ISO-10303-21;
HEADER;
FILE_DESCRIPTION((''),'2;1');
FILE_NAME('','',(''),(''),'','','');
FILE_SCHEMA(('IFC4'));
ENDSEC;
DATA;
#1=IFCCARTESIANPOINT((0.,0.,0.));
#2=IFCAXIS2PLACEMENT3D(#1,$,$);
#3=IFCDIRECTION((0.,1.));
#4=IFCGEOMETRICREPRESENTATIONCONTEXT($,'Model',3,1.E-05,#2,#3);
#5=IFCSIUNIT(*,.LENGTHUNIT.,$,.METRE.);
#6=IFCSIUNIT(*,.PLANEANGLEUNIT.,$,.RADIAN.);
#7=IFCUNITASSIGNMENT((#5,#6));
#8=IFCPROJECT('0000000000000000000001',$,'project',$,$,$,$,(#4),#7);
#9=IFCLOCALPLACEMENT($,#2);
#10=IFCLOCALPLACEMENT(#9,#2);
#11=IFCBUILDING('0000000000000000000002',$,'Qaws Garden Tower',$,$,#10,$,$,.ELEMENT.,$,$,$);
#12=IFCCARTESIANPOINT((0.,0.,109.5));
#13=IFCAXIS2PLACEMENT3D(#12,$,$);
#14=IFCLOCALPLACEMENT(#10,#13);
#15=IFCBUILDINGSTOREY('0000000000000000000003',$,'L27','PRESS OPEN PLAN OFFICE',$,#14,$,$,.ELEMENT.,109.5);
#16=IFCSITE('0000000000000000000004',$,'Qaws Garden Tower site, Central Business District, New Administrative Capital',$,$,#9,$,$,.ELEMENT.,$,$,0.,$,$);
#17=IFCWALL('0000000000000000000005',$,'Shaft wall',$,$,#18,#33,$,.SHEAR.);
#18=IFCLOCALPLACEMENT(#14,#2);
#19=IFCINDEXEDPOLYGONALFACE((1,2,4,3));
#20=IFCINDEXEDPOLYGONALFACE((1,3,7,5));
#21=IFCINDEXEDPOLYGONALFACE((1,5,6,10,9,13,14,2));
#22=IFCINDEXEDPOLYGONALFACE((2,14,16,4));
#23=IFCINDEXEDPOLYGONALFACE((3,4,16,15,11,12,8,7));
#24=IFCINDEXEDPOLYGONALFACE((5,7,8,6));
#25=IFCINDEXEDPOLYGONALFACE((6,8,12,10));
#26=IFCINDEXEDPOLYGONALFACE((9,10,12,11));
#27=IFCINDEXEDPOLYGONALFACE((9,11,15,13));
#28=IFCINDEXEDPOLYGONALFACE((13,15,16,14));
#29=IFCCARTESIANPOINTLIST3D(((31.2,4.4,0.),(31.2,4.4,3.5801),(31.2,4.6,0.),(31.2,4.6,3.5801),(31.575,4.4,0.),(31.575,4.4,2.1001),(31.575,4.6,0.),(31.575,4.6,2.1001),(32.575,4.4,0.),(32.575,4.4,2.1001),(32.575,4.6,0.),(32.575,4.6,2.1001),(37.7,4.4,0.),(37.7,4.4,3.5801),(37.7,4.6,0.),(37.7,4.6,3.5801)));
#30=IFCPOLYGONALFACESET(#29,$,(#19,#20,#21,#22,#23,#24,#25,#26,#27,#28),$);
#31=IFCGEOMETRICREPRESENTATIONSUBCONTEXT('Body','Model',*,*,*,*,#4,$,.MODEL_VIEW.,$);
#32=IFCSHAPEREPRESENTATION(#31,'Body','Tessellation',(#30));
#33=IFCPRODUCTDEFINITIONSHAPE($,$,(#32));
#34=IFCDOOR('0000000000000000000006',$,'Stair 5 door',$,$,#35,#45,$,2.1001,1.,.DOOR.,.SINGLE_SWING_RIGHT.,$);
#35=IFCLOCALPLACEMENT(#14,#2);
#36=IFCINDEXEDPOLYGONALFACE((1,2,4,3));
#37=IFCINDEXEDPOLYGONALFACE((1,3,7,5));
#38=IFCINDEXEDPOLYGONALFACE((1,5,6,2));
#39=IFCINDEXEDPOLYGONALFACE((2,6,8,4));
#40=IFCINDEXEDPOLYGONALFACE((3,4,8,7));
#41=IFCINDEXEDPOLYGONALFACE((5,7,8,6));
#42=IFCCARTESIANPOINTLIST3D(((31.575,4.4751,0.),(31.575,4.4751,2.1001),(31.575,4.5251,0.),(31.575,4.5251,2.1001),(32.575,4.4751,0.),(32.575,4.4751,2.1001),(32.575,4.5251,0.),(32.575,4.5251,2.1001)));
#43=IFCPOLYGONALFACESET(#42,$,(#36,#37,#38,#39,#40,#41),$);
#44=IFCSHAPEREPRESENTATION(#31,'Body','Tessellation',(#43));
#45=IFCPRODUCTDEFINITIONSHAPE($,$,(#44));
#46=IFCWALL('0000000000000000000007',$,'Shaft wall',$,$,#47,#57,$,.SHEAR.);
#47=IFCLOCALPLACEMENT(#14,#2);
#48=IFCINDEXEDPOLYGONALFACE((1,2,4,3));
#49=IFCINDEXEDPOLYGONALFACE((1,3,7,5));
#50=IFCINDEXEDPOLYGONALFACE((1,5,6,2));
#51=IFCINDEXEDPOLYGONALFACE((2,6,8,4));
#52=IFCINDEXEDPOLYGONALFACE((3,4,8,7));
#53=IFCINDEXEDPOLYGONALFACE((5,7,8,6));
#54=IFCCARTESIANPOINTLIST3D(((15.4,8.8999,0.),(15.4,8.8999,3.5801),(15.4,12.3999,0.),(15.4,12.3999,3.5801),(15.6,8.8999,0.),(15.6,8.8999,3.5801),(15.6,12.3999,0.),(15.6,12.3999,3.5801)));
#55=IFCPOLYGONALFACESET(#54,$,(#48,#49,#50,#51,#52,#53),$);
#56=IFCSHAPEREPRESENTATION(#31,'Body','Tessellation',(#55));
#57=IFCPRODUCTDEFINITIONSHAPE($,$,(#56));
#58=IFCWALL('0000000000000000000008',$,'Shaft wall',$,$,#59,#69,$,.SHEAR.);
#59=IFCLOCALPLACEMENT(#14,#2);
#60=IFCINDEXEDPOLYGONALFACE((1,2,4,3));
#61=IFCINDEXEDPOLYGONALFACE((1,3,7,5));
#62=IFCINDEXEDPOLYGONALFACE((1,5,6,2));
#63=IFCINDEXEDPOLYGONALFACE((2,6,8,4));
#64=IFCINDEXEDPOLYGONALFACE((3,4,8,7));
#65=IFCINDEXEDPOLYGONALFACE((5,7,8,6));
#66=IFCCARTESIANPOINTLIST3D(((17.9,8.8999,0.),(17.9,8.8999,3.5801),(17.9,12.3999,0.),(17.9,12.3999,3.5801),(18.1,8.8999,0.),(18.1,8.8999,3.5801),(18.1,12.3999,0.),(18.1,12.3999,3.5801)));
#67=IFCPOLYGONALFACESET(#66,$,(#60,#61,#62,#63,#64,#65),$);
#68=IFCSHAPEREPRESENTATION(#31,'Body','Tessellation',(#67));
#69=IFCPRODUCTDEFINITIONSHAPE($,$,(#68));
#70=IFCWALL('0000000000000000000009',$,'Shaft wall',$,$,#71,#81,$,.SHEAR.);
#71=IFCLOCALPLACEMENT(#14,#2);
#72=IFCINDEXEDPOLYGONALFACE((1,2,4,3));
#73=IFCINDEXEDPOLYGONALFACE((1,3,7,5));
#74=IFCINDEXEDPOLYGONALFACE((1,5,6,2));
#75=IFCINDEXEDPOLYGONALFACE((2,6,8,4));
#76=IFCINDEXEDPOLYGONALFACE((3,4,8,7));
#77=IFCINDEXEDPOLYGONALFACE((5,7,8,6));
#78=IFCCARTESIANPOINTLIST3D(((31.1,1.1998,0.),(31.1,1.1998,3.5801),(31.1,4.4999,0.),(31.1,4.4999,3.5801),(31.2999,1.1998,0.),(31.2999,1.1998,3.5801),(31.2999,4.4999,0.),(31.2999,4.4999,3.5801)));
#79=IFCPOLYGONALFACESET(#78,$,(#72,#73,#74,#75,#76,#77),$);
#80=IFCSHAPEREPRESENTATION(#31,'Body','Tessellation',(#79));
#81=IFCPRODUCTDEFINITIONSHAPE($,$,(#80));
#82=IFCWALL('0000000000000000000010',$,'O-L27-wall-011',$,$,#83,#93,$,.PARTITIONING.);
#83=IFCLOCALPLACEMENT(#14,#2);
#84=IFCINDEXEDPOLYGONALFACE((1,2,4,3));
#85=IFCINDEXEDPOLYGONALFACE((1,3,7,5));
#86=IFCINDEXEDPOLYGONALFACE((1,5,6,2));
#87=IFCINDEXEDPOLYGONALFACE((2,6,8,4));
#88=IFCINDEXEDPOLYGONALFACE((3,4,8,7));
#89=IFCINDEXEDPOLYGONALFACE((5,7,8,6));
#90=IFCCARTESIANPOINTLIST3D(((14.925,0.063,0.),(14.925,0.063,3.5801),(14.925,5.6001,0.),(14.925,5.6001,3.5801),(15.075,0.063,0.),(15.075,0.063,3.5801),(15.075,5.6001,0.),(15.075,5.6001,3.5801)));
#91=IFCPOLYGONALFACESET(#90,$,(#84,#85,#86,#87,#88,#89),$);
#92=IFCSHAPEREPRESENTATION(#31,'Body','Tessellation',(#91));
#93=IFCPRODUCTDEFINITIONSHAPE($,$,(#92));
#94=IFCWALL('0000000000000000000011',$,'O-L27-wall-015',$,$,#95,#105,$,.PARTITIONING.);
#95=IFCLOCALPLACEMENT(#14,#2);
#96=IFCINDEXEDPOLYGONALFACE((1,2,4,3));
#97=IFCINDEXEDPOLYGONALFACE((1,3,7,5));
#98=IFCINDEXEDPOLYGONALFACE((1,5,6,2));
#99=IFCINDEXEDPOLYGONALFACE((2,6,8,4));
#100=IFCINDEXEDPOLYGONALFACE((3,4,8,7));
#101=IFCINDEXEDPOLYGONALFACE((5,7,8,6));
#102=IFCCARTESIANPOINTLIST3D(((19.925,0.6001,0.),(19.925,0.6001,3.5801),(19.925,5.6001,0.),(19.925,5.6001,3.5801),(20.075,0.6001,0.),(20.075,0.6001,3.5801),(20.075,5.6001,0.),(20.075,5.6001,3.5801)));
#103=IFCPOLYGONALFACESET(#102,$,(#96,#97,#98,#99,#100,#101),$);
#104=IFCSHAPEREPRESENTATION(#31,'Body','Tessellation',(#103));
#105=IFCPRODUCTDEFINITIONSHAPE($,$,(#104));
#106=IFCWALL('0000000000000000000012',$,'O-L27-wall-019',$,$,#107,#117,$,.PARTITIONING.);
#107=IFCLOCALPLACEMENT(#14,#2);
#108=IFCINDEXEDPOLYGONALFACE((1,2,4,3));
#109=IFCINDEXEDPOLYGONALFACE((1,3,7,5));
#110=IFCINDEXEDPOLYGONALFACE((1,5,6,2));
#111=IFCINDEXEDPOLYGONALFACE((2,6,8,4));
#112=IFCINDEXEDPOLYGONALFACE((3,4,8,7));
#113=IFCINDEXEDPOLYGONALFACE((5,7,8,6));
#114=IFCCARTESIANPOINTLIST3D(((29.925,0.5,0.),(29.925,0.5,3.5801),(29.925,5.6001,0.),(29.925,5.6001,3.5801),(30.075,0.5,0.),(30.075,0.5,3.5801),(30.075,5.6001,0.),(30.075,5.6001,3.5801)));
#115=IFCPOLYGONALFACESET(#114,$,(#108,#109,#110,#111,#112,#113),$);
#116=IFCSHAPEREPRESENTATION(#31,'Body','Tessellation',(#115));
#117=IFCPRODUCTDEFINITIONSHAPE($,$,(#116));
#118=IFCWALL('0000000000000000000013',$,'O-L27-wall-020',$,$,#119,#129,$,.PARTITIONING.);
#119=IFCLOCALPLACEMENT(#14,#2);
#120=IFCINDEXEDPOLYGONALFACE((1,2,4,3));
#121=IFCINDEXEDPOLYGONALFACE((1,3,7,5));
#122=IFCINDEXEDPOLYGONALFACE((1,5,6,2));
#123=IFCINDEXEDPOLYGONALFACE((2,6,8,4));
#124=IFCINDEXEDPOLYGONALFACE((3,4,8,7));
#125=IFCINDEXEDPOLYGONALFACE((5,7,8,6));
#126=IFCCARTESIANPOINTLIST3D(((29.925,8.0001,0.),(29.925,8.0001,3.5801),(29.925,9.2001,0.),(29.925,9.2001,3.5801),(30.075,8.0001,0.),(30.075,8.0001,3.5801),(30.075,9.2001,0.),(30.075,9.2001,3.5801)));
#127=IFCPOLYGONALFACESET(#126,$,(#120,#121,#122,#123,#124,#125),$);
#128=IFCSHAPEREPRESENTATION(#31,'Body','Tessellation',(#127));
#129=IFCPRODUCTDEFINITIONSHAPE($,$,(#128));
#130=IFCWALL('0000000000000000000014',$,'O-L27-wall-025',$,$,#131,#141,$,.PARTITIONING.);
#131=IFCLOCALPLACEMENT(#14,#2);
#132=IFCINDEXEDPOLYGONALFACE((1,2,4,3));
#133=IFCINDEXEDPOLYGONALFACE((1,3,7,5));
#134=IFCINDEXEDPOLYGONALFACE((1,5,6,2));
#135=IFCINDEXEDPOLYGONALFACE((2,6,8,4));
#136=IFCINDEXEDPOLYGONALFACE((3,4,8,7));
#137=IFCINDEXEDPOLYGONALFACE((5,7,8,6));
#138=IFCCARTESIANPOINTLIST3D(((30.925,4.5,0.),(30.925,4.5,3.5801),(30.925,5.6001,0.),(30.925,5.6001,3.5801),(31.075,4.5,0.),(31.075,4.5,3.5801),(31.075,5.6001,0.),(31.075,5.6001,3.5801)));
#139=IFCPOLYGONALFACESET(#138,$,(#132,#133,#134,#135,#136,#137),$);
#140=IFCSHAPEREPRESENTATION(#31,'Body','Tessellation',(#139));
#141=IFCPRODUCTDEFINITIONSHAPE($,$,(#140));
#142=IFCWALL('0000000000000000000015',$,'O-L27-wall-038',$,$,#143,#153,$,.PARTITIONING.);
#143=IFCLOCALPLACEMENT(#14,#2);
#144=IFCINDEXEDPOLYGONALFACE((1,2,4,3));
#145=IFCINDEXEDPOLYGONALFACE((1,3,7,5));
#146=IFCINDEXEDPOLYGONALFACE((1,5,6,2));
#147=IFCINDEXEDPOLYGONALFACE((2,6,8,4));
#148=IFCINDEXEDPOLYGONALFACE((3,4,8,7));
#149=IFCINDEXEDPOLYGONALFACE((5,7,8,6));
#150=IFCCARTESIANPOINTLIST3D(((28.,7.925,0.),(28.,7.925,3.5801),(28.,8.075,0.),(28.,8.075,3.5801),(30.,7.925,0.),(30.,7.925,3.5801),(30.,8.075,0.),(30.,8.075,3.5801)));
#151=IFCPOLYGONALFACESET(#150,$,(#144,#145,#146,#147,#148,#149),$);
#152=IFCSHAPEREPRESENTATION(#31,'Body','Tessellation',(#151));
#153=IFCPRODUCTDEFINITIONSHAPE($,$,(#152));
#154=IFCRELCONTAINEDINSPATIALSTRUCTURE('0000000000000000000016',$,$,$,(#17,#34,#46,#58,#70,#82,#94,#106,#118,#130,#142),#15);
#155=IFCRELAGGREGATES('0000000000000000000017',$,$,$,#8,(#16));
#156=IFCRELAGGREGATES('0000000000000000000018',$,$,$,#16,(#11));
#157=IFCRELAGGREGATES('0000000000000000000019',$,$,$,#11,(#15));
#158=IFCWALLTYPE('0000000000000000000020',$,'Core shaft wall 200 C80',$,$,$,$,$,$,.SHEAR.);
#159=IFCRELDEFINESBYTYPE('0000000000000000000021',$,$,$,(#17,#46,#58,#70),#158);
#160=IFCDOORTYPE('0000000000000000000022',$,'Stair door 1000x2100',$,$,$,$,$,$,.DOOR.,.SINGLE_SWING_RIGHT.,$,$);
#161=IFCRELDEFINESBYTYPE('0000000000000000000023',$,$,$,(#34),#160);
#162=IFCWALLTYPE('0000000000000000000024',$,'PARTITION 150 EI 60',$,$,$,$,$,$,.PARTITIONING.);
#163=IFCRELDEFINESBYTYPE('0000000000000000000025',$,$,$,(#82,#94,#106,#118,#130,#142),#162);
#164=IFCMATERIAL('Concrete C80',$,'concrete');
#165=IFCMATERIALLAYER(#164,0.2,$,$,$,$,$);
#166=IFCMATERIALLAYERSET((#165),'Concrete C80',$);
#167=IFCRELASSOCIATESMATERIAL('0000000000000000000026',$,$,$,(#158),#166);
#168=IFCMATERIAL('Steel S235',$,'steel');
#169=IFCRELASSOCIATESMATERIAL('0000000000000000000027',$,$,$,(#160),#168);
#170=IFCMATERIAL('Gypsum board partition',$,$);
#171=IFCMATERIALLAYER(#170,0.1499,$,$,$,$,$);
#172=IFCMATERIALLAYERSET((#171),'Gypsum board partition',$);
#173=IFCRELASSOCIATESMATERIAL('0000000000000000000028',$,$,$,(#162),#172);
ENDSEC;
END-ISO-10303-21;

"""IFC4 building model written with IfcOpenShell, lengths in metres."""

from ifc_helpers import new_model, si_unit, direction, frame, frame_2d, origin, place, context, subcontext, project, spatial, rectangle, extrude, material, layer, layer_set, type_object, element, fill, save


model = new_model("IFC4")

# Units and contexts
model_context = context("Model", 3, precision=1e-05, world=origin(), true_north=direction((0.0, 1.0)))
body_context = subcontext(model_context, "Body", "Model", "MODEL_VIEW")
ifc_project = project(units=[si_unit("LENGTHUNIT", "METRE"), si_unit("PLANEANGLEUNIT", "RADIAN")], contexts=[model_context])

# Site, building, storey
site_placement = place(None, origin())
site = spatial("IfcSite", under=ifc_project, at=site_placement, Name="Qaws Garden Tower site, Central Business District, New Administrative Capital", CompositionType="ELEMENT", RefElevation=0.0)
building_placement = place(site_placement, origin())
building = spatial("IfcBuilding", under=site, at=building_placement, Name="Qaws Garden Tower", CompositionType="ELEMENT")
storey_placement = place(building_placement, frame((0.0, 0.0, 109.5)))
storey = spatial("IfcBuildingStorey", under=building, at=storey_placement, Name="L27", Description="PRESS OPEN PLAN OFFICE", CompositionType="ELEMENT", Elevation=109.5)

# Shared definitions
ifc_material_1 = material(Name="Concrete C80", Category="concrete")
ifc_layer_1 = layer(ifc_material_1, 0.2)
ifc_layer_set_1 = layer_set([ifc_layer_1], Name="Concrete C80")
wall_type_1 = type_object("IfcWallType", Name="Core shaft wall 200 C80", PredefinedType="SHEAR", material=ifc_layer_set_1)

# Wall, opening, door
wall_1_placement = place(storey_placement, frame((31.2, 4.5, 0.0), z_axis=(0.0, 0.0, 1.0), x_axis=(1.0, 0.0, 0.0)))
wall_1 = element("IfcWall", 1, at=wall_1_placement, inside=storey, type_object=wall_type_1, Name="Shaft wall", PredefinedType="SHEAR", context=body_context, shape_type="SweptSolid", body=[
    extrude(rectangle(XDim=6.5, YDim=0.2, at=frame_2d((3.25, 0.0))), origin(), (0.0, 0.0, 1.0), 3.5801),
])
opening_1_placement = place(wall_1_placement, frame((0.375, 0.0, 0.0)))
opening_1 = element("IfcOpeningElement", 2, at=opening_1_placement, cuts=wall_1, PredefinedType="OPENING", context=body_context, shape_type="SweptSolid", body=[
    extrude(rectangle(XDim=1.0, YDim=2.1001, at=frame_2d((0.5, 1.05))), frame((0.0, 0.1099, 0.0), z_axis=(0.0, -1.0, 0.0), x_axis=(1.0, 0.0, 0.0)), (0.0, 0.0, 1.0), 0.22),
])
ifc_material_2 = material(Name="Steel S235", Category="steel")
door_type = type_object("IfcDoorType", Name="Stair door 1000x2100", OperationType="SINGLE_SWING_RIGHT", PredefinedType="DOOR", material=ifc_material_2)
door_placement = place(opening_1_placement, frame((1.0, 0.0, 0.0), z_axis=(0.0, 0.0, 1.0), x_axis=(-1.0, 0.0, 0.0)))
door = element("IfcDoor", 3, at=door_placement, inside=storey, type_object=door_type, Name="Stair 5 door", OperationType="SINGLE_SWING_RIGHT", OverallHeight=2.1001, OverallWidth=1.0, PredefinedType="DOOR", context=body_context, shape_type="SweptSolid", body=[
    extrude(rectangle(XDim=1.0, YDim=2.1001, at=frame_2d((0.5, 1.05))), frame((0.0, 0.0249, 0.0), z_axis=(0.0, -1.0, 0.0), x_axis=(1.0, 0.0, 0.0)), (0.0, 0.0, 1.0), 0.05),
])
fill(opening_1, door)

# Walls
for number, where, z_axis, x_axis, name in (
    (4, (15.5, 8.8999, 0.0), (0.0, 0.0, 1.0), (0.0, 1.0, 0.0), "Shaft wall"),
    (5, (18.0, 8.8999, 0.0), (0.0, 0.0, 1.0), (0.0, 1.0, 0.0), "Shaft wall"),
):
    element("IfcWall", number, at=place(storey_placement, frame(where, z_axis=z_axis, x_axis=x_axis)), inside=storey, type_object=wall_type_1, Name=name, PredefinedType="SHEAR", context=body_context, shape_type="SweptSolid", body=[
        extrude(rectangle(XDim=3.5, YDim=0.2, at=frame_2d((1.75, 0.0))), origin(), (0.0, 0.0, 1.0), 3.5801),
    ])
wall_2_placement = place(storey_placement, frame((31.2, 1.2, 0.0), z_axis=(0.0, 0.0, 1.0), x_axis=(0.0, 1.0, 0.0)))
element("IfcWall", 6, at=wall_2_placement, inside=storey, type_object=wall_type_1, Name="Shaft wall", PredefinedType="SHEAR", context=body_context, shape_type="SweptSolid", body=[
    extrude(rectangle(XDim=3.3, YDim=0.2, at=frame_2d((1.6499, 0.0))), origin(), (0.0, 0.0, 1.0), 3.5801),
])
ifc_material_3 = material(Name="Gypsum board partition")
ifc_layer_2 = layer(ifc_material_3, 0.1499)
ifc_layer_set_2 = layer_set([ifc_layer_2], Name="Gypsum board partition")
wall_type_2 = type_object("IfcWallType", Name="PARTITION 150 EI 60", PredefinedType="PARTITIONING", material=ifc_layer_set_2)
wall_3_placement = place(storey_placement, frame((15.0, 0.063, 0.0), z_axis=(0.0, 0.0, 1.0), x_axis=(0.0, 1.0, 0.0)))
element("IfcWall", 7, at=wall_3_placement, inside=storey, type_object=wall_type_2, Name="O-L27-wall-011", PredefinedType="PARTITIONING", context=body_context, shape_type="SweptSolid", body=[
    extrude(rectangle(XDim=5.5371, YDim=0.1499, at=frame_2d((2.7686, 0.0))), origin(), (0.0, 0.0, 1.0), 3.5801),
])
wall_4_placement = place(storey_placement, frame((20.0, 0.6001, 0.0), z_axis=(0.0, 0.0, 1.0), x_axis=(0.0, 1.0, 0.0)))
element("IfcWall", 8, at=wall_4_placement, inside=storey, type_object=wall_type_2, Name="O-L27-wall-015", PredefinedType="PARTITIONING", context=body_context, shape_type="SweptSolid", body=[
    extrude(rectangle(XDim=5.0, YDim=0.1499, at=frame_2d((2.5, 0.0))), origin(), (0.0, 0.0, 1.0), 3.5801),
])
wall_5_placement = place(storey_placement, frame((30.0, 0.5, 0.0), z_axis=(0.0, 0.0, 1.0), x_axis=(0.0, 1.0, 0.0)))
element("IfcWall", 9, at=wall_5_placement, inside=storey, type_object=wall_type_2, Name="O-L27-wall-019", PredefinedType="PARTITIONING", context=body_context, shape_type="SweptSolid", body=[
    extrude(rectangle(XDim=5.1001, YDim=0.1499, at=frame_2d((2.55, 0.0))), origin(), (0.0, 0.0, 1.0), 3.5801),
])
wall_6_placement = place(storey_placement, frame((30.0, 8.0, 0.0), z_axis=(0.0, 0.0, 1.0), x_axis=(0.0, 1.0, 0.0)))
element("IfcWall", 10, at=wall_6_placement, inside=storey, type_object=wall_type_2, Name="O-L27-wall-020", PredefinedType="PARTITIONING", context=body_context, shape_type="SweptSolid", body=[
    extrude(rectangle(XDim=1.2, YDim=0.1499, at=frame_2d((0.6001, 0.0))), origin(), (0.0, 0.0, 1.0), 3.5801),
])
wall_7_placement = place(storey_placement, frame((31.0, 4.5, 0.0), z_axis=(0.0, 0.0, 1.0), x_axis=(0.0, 1.0, 0.0)))
element("IfcWall", 11, at=wall_7_placement, inside=storey, type_object=wall_type_2, Name="O-L27-wall-025", PredefinedType="PARTITIONING", context=body_context, shape_type="SweptSolid", body=[
    extrude(rectangle(XDim=1.1001, YDim=0.1499, at=frame_2d((0.55, 0.0))), origin(), (0.0, 0.0, 1.0), 3.5801),
])
wall_8_placement = place(storey_placement, frame((28.0, 8.0, 0.0), z_axis=(0.0, 0.0, 1.0), x_axis=(1.0, 0.0, 0.0)))
element("IfcWall", 12, at=wall_8_placement, inside=storey, type_object=wall_type_2, Name="O-L27-wall-038", PredefinedType="PARTITIONING", context=body_context, shape_type="SweptSolid", body=[
    extrude(rectangle(XDim=2.0, YDim=0.1499, at=frame_2d((1.0, 0.0))), origin(), (0.0, 0.0, 1.0), 3.5801),
])

save(model, "model.ifc")
